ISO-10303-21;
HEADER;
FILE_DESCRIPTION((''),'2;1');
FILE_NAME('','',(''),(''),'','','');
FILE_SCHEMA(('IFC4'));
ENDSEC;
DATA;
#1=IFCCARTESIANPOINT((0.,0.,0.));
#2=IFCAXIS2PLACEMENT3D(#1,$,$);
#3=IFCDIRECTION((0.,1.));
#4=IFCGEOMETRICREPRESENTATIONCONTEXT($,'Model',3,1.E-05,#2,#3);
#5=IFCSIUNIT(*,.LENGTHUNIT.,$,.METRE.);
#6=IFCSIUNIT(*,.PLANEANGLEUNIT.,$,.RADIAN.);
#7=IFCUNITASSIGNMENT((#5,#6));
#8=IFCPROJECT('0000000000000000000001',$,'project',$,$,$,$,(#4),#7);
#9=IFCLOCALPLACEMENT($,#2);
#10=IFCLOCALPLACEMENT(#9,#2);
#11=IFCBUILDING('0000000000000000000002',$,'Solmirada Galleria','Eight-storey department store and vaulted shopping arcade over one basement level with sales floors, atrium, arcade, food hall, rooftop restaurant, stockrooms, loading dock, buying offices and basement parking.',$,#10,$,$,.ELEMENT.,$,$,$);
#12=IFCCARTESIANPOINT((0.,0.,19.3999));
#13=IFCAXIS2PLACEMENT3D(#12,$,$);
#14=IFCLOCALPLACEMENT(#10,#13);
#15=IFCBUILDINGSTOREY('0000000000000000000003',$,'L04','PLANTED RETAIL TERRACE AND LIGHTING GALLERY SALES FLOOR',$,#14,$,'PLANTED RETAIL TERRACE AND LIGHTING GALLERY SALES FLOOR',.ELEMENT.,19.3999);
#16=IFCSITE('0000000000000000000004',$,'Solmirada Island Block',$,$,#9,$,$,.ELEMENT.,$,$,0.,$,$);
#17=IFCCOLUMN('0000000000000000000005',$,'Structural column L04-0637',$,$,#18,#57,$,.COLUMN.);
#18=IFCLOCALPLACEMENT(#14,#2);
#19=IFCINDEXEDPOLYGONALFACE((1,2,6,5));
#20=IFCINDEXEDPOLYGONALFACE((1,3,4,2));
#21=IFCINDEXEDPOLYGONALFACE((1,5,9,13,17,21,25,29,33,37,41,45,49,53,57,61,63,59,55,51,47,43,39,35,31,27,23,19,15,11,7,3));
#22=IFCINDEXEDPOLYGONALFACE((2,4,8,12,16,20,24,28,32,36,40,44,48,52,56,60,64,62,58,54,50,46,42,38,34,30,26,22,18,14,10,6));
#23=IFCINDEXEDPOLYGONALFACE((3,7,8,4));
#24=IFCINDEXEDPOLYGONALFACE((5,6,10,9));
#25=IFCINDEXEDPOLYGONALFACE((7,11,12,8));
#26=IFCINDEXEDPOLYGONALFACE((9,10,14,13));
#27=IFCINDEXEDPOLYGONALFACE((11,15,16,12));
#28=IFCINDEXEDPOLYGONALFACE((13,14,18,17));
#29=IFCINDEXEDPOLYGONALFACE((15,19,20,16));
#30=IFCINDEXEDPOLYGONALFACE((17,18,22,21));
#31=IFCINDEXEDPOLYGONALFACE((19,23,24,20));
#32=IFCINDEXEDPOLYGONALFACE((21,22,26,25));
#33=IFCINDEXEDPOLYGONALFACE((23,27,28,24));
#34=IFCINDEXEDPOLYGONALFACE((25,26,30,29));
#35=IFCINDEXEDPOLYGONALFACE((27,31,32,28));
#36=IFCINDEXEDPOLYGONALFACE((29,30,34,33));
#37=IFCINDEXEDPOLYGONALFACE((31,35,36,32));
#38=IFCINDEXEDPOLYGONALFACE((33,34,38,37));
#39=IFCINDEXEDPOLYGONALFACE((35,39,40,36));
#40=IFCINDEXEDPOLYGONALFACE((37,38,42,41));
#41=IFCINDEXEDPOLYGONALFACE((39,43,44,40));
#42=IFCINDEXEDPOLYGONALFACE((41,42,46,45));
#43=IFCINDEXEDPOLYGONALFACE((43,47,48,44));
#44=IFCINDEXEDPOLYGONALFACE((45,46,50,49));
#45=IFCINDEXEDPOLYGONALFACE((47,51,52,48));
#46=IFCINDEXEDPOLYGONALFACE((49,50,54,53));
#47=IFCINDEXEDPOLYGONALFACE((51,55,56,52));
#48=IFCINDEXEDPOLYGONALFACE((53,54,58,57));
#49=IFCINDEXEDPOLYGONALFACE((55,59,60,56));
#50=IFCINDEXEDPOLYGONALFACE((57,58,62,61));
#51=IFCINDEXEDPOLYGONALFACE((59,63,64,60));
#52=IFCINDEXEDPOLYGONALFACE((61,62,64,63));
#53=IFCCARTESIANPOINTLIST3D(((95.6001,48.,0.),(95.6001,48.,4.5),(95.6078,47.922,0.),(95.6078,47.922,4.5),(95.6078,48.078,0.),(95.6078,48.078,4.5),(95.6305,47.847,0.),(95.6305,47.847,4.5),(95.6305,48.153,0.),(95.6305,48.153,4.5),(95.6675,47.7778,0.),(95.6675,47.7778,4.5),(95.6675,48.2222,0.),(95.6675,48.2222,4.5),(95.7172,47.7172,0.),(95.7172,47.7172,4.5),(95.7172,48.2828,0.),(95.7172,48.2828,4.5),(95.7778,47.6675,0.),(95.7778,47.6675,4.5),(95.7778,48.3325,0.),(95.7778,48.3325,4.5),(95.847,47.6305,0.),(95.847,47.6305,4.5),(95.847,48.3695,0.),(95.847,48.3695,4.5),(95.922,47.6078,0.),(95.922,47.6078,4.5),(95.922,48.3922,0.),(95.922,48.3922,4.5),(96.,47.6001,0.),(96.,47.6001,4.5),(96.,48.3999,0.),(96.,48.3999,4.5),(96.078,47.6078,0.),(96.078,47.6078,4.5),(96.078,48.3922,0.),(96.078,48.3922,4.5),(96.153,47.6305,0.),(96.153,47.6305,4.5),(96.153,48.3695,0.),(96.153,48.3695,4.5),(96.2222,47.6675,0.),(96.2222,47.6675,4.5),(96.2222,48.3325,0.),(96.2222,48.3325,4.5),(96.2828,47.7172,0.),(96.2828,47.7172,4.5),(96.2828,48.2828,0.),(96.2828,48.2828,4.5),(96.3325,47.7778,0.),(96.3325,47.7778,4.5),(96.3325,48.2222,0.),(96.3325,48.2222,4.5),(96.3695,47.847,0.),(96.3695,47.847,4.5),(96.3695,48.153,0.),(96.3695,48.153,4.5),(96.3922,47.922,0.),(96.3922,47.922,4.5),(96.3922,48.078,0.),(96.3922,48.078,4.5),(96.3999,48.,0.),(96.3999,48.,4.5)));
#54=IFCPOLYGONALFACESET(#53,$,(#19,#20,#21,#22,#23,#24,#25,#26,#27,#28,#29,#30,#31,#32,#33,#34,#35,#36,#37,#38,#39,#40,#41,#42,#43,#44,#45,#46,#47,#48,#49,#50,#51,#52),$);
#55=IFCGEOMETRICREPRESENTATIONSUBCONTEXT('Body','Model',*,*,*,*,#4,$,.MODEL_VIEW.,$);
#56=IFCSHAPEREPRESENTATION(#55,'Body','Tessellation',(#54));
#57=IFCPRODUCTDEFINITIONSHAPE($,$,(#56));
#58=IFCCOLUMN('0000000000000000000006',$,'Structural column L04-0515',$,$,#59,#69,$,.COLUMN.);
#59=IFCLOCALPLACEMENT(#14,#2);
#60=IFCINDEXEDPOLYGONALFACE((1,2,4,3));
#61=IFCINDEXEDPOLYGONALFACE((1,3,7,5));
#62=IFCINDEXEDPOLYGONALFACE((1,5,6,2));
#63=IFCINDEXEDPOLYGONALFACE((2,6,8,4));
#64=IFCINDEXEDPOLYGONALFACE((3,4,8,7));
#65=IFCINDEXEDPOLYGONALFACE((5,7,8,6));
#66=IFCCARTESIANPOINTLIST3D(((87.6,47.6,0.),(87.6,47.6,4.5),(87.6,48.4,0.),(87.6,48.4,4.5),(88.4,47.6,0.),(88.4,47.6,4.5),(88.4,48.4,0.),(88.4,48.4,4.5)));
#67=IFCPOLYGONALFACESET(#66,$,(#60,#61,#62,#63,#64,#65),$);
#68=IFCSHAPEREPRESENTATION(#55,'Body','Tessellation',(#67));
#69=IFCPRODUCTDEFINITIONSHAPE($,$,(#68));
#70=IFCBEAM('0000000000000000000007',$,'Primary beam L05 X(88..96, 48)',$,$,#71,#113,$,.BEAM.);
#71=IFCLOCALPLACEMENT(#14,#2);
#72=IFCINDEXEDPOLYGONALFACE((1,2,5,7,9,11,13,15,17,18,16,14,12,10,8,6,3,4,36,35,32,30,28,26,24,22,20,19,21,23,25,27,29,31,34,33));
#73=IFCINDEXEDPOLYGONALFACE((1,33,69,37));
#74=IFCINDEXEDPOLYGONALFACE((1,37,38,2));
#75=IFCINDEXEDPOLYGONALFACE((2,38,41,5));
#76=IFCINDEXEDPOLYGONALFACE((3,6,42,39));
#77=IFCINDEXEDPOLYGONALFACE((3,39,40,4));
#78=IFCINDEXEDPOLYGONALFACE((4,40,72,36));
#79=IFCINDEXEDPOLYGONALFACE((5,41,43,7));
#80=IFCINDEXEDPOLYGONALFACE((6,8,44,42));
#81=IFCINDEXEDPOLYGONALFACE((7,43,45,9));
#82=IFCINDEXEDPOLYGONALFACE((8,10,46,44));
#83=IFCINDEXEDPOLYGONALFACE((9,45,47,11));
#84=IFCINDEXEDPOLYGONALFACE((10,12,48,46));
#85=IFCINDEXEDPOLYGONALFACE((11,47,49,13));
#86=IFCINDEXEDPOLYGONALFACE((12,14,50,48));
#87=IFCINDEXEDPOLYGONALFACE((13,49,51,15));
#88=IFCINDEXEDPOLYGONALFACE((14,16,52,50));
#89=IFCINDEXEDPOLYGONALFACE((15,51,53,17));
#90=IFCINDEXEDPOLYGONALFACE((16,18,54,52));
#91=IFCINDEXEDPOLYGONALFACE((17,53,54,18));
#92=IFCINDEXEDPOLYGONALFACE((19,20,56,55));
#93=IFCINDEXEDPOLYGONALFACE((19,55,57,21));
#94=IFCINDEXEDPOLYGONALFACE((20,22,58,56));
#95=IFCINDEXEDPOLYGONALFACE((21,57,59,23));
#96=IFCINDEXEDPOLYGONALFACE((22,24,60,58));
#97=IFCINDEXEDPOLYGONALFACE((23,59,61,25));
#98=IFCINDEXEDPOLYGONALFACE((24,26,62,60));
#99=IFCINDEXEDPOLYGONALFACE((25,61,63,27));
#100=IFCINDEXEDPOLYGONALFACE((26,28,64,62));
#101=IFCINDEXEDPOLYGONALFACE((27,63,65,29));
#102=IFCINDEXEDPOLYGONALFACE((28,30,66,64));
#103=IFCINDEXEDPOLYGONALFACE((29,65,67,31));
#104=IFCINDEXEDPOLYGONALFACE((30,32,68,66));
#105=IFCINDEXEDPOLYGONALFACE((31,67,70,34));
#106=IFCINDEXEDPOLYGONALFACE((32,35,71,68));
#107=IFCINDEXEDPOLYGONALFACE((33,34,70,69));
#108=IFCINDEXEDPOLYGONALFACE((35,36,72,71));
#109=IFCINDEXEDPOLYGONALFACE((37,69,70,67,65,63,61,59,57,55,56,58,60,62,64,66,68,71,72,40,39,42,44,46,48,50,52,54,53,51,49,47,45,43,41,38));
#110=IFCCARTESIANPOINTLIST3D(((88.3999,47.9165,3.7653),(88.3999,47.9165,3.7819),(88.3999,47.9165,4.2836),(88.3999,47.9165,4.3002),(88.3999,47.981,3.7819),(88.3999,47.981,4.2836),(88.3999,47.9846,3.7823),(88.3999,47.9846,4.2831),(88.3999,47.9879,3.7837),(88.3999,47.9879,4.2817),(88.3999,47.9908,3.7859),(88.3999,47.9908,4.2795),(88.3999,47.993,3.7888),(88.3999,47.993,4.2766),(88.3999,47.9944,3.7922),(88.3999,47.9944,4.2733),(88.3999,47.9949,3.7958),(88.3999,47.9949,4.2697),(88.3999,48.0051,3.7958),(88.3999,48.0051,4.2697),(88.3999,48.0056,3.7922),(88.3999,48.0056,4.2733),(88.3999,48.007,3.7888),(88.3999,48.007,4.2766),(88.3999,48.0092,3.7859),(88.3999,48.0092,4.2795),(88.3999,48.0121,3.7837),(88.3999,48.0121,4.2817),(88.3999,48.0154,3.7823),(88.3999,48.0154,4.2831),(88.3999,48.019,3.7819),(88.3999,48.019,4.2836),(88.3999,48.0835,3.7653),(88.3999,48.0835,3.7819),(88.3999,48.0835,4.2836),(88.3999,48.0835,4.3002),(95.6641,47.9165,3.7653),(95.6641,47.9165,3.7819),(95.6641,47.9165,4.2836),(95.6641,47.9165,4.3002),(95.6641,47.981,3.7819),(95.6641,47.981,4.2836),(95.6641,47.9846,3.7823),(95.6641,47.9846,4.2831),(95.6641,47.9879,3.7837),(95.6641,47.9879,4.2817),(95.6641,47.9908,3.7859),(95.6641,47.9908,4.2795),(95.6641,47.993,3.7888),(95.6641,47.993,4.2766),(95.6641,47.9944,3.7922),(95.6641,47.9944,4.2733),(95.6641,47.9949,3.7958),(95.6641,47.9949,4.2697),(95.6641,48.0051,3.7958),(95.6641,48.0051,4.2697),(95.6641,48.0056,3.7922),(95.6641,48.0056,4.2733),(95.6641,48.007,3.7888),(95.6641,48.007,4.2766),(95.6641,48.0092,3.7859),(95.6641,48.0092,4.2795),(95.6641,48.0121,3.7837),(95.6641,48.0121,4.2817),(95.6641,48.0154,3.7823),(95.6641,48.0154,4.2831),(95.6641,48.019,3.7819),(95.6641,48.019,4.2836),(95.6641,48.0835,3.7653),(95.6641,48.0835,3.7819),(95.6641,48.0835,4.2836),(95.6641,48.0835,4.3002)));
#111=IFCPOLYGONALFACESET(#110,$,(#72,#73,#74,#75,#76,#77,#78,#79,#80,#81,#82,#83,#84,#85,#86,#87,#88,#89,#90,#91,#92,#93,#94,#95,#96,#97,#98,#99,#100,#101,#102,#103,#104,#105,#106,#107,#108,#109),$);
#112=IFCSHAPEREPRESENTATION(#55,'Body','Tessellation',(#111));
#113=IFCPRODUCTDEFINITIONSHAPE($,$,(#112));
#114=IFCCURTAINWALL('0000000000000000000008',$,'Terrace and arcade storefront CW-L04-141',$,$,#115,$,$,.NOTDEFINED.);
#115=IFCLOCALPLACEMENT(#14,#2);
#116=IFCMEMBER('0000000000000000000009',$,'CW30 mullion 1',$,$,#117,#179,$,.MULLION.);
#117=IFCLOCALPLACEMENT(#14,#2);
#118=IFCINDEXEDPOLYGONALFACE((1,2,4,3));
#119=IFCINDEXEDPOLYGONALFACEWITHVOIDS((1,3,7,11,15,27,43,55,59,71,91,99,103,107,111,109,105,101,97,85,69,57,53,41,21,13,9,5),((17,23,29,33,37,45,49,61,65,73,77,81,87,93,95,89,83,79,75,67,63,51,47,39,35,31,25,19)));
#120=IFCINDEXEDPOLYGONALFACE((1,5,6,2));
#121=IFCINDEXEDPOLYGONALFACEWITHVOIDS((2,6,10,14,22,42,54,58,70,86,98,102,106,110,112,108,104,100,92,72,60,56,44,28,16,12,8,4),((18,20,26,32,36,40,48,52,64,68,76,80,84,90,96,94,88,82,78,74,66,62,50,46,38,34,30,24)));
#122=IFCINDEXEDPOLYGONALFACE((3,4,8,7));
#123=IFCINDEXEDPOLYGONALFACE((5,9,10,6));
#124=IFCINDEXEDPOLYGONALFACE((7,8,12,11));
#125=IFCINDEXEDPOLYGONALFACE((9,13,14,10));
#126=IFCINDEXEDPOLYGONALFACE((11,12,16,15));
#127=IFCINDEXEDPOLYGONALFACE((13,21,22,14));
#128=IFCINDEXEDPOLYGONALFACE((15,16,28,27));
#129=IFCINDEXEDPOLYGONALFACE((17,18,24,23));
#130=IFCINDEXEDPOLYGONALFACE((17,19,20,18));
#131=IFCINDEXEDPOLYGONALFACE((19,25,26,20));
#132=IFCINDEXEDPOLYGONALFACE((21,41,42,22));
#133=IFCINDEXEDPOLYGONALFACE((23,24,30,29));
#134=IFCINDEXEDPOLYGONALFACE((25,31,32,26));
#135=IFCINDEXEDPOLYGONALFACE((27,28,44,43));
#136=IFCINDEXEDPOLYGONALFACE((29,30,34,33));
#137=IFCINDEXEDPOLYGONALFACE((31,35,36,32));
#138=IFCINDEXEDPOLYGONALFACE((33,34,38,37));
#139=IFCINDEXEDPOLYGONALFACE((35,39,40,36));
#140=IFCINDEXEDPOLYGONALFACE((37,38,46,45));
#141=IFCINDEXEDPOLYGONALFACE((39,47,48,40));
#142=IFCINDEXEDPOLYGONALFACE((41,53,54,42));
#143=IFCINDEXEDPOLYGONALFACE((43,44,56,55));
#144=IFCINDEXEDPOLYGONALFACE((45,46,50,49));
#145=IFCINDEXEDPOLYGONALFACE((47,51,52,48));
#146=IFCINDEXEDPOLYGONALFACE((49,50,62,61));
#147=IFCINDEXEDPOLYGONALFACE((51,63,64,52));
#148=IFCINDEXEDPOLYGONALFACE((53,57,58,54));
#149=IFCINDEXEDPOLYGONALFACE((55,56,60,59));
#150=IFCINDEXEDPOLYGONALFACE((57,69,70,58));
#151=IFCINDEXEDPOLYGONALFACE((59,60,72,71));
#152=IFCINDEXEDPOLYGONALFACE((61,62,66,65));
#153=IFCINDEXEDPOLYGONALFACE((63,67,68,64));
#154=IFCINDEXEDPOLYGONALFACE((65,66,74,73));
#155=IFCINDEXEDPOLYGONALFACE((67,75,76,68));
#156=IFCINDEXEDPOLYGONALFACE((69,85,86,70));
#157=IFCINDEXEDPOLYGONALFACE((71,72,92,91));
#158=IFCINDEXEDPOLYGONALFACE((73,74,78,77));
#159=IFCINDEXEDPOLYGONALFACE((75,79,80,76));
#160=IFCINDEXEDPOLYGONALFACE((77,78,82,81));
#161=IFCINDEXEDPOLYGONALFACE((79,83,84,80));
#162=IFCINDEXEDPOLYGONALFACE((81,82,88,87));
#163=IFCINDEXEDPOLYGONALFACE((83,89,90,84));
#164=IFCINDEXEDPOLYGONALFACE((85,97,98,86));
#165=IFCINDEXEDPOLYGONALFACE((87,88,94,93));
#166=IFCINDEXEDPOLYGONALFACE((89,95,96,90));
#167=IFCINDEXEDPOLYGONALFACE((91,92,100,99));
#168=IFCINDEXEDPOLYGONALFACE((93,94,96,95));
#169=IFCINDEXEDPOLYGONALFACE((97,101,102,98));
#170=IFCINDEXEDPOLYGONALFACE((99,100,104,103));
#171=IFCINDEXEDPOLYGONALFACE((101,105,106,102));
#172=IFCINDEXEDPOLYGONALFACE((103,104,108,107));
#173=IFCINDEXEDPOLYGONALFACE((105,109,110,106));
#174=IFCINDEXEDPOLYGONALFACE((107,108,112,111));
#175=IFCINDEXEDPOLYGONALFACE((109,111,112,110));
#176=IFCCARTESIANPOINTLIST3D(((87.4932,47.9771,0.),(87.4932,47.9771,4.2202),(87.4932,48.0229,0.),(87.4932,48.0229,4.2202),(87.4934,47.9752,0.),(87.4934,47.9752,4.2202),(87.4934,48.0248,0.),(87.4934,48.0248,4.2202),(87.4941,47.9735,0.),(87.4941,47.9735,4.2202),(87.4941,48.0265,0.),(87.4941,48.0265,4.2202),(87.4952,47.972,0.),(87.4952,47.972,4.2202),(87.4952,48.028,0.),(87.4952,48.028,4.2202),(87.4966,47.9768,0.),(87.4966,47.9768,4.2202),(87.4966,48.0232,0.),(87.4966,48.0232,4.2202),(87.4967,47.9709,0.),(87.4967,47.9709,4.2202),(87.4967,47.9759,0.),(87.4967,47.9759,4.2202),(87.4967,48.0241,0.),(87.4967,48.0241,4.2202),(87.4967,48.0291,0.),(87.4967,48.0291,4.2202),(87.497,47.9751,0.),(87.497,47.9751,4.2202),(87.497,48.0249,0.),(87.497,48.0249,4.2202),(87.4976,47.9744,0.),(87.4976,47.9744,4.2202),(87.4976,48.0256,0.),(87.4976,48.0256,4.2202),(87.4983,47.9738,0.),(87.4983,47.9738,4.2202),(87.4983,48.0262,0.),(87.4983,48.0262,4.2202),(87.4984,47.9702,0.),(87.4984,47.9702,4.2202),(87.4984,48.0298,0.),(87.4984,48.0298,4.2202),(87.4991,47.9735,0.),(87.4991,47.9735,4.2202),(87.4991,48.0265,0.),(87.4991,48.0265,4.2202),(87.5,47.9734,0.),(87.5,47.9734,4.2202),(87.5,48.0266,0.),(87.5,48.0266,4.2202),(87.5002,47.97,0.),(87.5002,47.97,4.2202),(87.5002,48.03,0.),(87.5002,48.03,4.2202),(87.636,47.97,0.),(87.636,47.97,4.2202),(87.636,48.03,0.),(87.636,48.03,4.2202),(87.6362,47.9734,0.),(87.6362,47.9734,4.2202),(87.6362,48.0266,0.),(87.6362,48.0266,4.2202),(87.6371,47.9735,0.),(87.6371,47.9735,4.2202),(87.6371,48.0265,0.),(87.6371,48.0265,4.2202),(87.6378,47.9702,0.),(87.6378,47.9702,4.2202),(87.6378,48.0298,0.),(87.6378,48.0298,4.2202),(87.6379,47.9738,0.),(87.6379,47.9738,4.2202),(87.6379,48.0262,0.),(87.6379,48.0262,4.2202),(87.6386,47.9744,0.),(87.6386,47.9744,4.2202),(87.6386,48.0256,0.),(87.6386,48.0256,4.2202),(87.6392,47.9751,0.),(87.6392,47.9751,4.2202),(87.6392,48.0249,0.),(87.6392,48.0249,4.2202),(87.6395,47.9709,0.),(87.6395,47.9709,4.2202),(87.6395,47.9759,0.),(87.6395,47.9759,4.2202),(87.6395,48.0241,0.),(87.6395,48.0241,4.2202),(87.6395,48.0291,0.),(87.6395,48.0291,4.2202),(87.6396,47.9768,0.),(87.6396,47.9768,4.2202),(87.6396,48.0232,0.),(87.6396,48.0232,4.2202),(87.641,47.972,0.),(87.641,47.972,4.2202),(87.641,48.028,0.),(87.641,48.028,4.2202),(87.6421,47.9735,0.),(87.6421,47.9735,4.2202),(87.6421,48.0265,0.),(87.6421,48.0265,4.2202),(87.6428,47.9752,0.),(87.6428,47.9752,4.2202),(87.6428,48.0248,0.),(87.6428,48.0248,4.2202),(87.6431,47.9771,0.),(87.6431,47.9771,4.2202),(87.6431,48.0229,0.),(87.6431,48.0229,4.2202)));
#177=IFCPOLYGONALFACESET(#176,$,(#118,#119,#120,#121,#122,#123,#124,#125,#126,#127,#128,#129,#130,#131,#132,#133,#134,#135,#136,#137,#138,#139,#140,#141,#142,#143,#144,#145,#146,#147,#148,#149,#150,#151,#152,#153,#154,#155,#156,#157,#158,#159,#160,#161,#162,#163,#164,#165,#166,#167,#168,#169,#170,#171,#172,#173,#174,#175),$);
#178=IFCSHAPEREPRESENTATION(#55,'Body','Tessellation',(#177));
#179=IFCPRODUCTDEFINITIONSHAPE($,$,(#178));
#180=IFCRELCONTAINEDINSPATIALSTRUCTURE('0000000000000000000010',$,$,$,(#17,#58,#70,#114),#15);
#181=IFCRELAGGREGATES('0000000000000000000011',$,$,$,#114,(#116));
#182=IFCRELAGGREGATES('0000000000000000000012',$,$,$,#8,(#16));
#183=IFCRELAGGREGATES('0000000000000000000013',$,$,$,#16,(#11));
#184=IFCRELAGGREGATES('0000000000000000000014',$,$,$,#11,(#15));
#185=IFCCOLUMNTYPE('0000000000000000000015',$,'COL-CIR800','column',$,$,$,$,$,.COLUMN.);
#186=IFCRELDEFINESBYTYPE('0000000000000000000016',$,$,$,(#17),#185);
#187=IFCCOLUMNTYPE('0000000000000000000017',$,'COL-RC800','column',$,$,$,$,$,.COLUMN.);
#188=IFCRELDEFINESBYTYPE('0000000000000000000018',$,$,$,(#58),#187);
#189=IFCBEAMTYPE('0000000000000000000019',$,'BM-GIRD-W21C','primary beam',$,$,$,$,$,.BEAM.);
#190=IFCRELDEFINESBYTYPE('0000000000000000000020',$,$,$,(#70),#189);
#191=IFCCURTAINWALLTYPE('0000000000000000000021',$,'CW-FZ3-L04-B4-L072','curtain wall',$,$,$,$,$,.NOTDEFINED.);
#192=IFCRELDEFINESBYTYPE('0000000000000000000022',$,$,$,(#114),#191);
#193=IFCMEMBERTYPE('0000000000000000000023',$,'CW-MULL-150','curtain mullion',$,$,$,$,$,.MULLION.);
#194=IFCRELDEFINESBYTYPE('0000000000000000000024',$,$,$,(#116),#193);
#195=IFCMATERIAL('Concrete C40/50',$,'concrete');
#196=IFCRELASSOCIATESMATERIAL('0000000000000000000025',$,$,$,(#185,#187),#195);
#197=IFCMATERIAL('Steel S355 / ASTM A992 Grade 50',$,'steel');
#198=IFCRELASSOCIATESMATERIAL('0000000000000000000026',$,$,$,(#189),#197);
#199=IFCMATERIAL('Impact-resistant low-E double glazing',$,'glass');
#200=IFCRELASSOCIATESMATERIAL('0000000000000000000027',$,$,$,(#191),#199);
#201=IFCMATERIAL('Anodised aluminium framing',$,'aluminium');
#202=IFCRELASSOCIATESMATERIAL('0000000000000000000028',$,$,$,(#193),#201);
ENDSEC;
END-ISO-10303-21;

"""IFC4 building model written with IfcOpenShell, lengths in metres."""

from ifc_helpers import new_model, si_unit, direction, frame, origin, origin_2d, place, context, subcontext, project, spatial, rectangle, hollow_rectangle, circle, i_section, extrude, material, material_profile, profile_set, type_object, element, aggregate, save


model = new_model("IFC4")

# Units and contexts
model_context = context("Model", 3, precision=1e-05, world=origin(), true_north=direction((0.0, 1.0)))
body_context = subcontext(model_context, "Body", "Model", "MODEL_VIEW")
ifc_project = project(units=[si_unit("LENGTHUNIT", "METRE"), si_unit("PLANEANGLEUNIT", "RADIAN")], contexts=[model_context])

# Site, building, storey
site_placement = place(None, origin())
site = spatial("IfcSite", under=ifc_project, at=site_placement, Name="Solmirada Island Block", CompositionType="ELEMENT", RefElevation=0.0)
building_placement = place(site_placement, origin())
building = spatial("IfcBuilding", under=site, at=building_placement, Name="Solmirada Galleria", Description="Eight-storey department store and vaulted shopping arcade over one basement level with sales floors, atrium, arcade, food hall, rooftop restaurant, stockrooms, loading dock, buying offices and basement parking.", CompositionType="ELEMENT")
storey_placement = place(building_placement, frame((0.0, 0.0, 19.3999)))
storey = spatial("IfcBuildingStorey", under=building, at=storey_placement, Name="L04", Description="PLANTED RETAIL TERRACE AND LIGHTING GALLERY SALES FLOOR", LongName="PLANTED RETAIL TERRACE AND LIGHTING GALLERY SALES FLOOR", CompositionType="ELEMENT", Elevation=19.3999)

# Columns
ifc_material_1 = material(Name="Concrete C40/50", Category="concrete")
ifc_material_profile_1 = material_profile(ifc_material_1, circle(Radius=0.3999, at=origin_2d()), Name="RCCOL800")
ifc_profile_set_1 = profile_set([ifc_material_profile_1], Name="Concrete C40/50")
column_type_1 = type_object("IfcColumnType", Name="COL-CIR800", Description="column", PredefinedType="COLUMN", material=ifc_profile_set_1)
column_1_placement = place(storey_placement, frame((96.0, 48.0, 0.0), z_axis=(0.0, 0.0, 1.0), x_axis=(1.0, 0.0, 0.0)))
element("IfcColumn", 1, at=column_1_placement, inside=storey, type_object=column_type_1, Name="Structural column L04-0637", PredefinedType="COLUMN", context=body_context, shape_type="SweptSolid", body=[
    extrude(circle(Radius=0.3999, at=origin_2d()), origin(), (0.0, 0.0, 1.0), 4.5),
])
ifc_material_profile_2 = material_profile(ifc_material_1, rectangle(XDim=0.8, YDim=0.8, at=origin_2d()), Name="RC800X800")
ifc_profile_set_2 = profile_set([ifc_material_profile_2], Name="Concrete C40/50")
column_type_2 = type_object("IfcColumnType", Name="COL-RC800", Description="column", PredefinedType="COLUMN", material=ifc_profile_set_2)
column_2_placement = place(storey_placement, frame((88.0, 48.0, 0.0), z_axis=(0.0, 0.0, 1.0), x_axis=(1.0, 0.0, 0.0)))
element("IfcColumn", 2, at=column_2_placement, inside=storey, type_object=column_type_2, Name="Structural column L04-0515", PredefinedType="COLUMN", context=body_context, shape_type="SweptSolid", body=[
    extrude(rectangle(XDim=0.8, YDim=0.8, at=origin_2d()), origin(), (0.0, 0.0, 1.0), 4.5),
])

# Beam
ifc_material_2 = material(Name="Steel S355 / ASTM A992 Grade 50", Category="steel")
ifc_material_profile_3 = material_profile(ifc_material_2, i_section(OverallWidth=0.167, OverallDepth=0.5349, WebThickness=0.0103, FlangeThickness=0.0166, FilletRadius=0.0139, at=origin_2d()), Name="W21X57")
ifc_profile_set_3 = profile_set([ifc_material_profile_3], Name="Steel S355 / ASTM A992 Grade 50")
beam_type = type_object("IfcBeamType", Name="BM-GIRD-W21C", Description="primary beam", PredefinedType="BEAM", material=ifc_profile_set_3)
beam_placement = place(storey_placement, frame((88.3999, 48.0, 4.0327), z_axis=(1.0, 0.0, 0.0), x_axis=(0.0, 1.0, 0.0)))
element("IfcBeam", 3, at=beam_placement, inside=storey, type_object=beam_type, Name="Primary beam L05 X(88..96, 48)", PredefinedType="BEAM", context=body_context, shape_type="SweptSolid", body=[
    extrude(i_section(OverallWidth=0.167, OverallDepth=0.5349, WebThickness=0.0103, FlangeThickness=0.0166, FilletRadius=0.0139, at=origin_2d()), origin(), (0.0, 0.0, 1.0), 7.2642),
])

# Curtain wall, member
ifc_material_3 = material(Name="Impact-resistant low-E double glazing", Category="glass")
curtain_wall_type = type_object("IfcCurtainWallType", Name="CW-FZ3-L04-B4-L072", Description="curtain wall", PredefinedType="NOTDEFINED", material=ifc_material_3)
curtain_wall_placement = place(storey_placement, origin())
curtain_wall = element("IfcCurtainWall", 4, at=curtain_wall_placement, inside=storey, type_object=curtain_wall_type, Name="Terrace and arcade storefront CW-L04-141", PredefinedType="NOTDEFINED")
ifc_material_4 = material(Name="Anodised aluminium framing", Category="aluminium")
ifc_material_profile_4 = material_profile(ifc_material_4, hollow_rectangle(XDim=0.0601, YDim=0.1499, WallThickness=0.0034, InnerFilletRadius=0.0034, OuterFilletRadius=0.0071, at=origin_2d()), Name="ALU-MULL-150X60")
ifc_profile_set_4 = profile_set([ifc_material_profile_4], Name="Anodised aluminium framing")
member_type_1 = type_object("IfcMemberType", Name="CW-MULL-150", Description="curtain mullion", PredefinedType="MULLION", material=ifc_profile_set_4)
member_1_placement = place(storey_placement, frame((87.5681, 48.0, 0.0), z_axis=(0.0, 0.0, 1.0), x_axis=(0.0, -1.0, 0.0)))
member_1 = element("IfcMember", 5, at=member_1_placement, type_object=member_type_1, Name="CW30 mullion 1", PredefinedType="MULLION", context=body_context, shape_type="SweptSolid", body=[
    extrude(hollow_rectangle(XDim=0.0601, YDim=0.1499, WallThickness=0.0034, InnerFilletRadius=0.0034, OuterFilletRadius=0.0071, at=origin_2d()), origin(), (0.0, 0.0, 1.0), 4.2202),
])
aggregate(curtain_wall, [member_1])

save(model, "model.ifc")
